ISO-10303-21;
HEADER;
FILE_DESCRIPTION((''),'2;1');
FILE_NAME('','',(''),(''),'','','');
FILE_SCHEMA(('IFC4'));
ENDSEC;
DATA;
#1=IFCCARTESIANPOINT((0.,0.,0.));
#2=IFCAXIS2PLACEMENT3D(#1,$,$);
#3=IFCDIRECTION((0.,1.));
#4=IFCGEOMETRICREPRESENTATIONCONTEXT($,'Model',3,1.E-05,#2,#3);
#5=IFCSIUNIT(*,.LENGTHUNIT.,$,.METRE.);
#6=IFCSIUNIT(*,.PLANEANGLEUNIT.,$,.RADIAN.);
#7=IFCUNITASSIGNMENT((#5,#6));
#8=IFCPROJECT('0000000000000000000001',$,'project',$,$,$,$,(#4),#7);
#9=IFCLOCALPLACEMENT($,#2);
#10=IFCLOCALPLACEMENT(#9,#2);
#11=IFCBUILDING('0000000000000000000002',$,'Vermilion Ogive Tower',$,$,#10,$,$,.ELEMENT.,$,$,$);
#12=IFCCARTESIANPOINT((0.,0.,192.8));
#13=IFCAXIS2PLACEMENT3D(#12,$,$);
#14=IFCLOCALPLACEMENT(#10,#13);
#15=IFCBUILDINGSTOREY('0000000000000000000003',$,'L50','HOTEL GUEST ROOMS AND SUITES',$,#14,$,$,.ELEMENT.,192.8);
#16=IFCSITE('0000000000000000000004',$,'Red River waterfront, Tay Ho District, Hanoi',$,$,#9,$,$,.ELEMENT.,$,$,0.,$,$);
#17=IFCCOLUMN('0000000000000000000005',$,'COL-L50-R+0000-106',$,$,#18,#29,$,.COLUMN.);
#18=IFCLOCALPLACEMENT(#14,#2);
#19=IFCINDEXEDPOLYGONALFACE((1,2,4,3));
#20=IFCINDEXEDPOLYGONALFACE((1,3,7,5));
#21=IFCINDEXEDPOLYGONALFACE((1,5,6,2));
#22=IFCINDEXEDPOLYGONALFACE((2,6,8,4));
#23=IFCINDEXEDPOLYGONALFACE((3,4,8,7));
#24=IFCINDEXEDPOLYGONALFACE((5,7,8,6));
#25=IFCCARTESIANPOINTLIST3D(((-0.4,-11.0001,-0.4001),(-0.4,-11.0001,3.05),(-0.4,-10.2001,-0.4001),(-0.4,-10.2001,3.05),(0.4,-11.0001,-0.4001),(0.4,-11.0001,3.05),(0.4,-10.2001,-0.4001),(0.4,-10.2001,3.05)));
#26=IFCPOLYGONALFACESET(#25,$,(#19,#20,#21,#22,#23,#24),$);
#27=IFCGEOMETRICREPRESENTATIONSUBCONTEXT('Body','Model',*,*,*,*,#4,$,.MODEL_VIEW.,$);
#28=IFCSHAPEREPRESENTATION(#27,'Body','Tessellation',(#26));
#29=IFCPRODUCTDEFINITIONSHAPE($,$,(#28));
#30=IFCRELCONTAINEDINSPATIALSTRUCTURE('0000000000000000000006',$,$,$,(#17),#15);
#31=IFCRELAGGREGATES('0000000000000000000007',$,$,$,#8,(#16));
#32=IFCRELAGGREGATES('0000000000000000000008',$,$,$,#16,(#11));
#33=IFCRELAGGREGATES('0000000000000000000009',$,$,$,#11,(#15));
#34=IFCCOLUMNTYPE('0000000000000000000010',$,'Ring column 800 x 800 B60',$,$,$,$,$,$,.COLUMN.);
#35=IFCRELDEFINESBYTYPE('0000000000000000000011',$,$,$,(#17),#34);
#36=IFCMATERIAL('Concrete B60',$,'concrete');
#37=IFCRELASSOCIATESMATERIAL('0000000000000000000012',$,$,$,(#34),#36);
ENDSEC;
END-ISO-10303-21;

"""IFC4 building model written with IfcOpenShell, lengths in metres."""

from ifc_helpers import new_model, si_unit, direction, frame, origin, origin_2d, place, context, subcontext, project, spatial, rectangle, extrude, material, material_profile, profile_set, type_object, element, save


model = new_model("IFC4")

# Units and contexts
model_context = context("Model", 3, precision=1e-05, world=origin(), true_north=direction((0.0, 1.0)))
body_context = subcontext(model_context, "Body", "Model", "MODEL_VIEW")
ifc_project = project(units=[si_unit("LENGTHUNIT", "METRE"), si_unit("PLANEANGLEUNIT", "RADIAN")], contexts=[model_context])

# Site, building, storey
site_placement = place(None, origin())
site = spatial("IfcSite", under=ifc_project, at=site_placement, Name="Red River waterfront, Tay Ho District, Hanoi", CompositionType="ELEMENT", RefElevation=0.0)
building_placement = place(site_placement, origin())
building = spatial("IfcBuilding", under=site, at=building_placement, Name="Vermilion Ogive Tower", CompositionType="ELEMENT")
storey_placement = place(building_placement, frame((0.0, 0.0, 192.8)))
storey = spatial("IfcBuildingStorey", under=building, at=storey_placement, Name="L50", Description="HOTEL GUEST ROOMS AND SUITES", CompositionType="ELEMENT", Elevation=192.8)

# Column
ifc_material_1 = material(Name="Concrete B60", Category="concrete")
ifc_material_profile = material_profile(ifc_material_1, rectangle(XDim=0.8, YDim=0.8, at=origin_2d()), Name="800 x 800")
ifc_profile_set = profile_set([ifc_material_profile], Name="Concrete B60")
column_type = type_object("IfcColumnType", Name="Ring column 800 x 800 B60", PredefinedType="COLUMN", material=ifc_profile_set)
column_placement = place(storey_placement, frame((0.0, -10.6001, -0.4001), z_axis=(0.0, 0.0, 1.0), x_axis=(1.0, 0.0, 0.0)))
element("IfcColumn", 1, at=column_placement, inside=storey, type_object=column_type, Name="COL-L50-R+0000-106", PredefinedType="COLUMN", context=body_context, shape_type="SweptSolid", body=[
    extrude(rectangle(XDim=0.8, YDim=0.8, at=origin_2d()), origin(), (0.0, 0.0, 1.0), 3.4502),
])

save(model, "model.ifc")
